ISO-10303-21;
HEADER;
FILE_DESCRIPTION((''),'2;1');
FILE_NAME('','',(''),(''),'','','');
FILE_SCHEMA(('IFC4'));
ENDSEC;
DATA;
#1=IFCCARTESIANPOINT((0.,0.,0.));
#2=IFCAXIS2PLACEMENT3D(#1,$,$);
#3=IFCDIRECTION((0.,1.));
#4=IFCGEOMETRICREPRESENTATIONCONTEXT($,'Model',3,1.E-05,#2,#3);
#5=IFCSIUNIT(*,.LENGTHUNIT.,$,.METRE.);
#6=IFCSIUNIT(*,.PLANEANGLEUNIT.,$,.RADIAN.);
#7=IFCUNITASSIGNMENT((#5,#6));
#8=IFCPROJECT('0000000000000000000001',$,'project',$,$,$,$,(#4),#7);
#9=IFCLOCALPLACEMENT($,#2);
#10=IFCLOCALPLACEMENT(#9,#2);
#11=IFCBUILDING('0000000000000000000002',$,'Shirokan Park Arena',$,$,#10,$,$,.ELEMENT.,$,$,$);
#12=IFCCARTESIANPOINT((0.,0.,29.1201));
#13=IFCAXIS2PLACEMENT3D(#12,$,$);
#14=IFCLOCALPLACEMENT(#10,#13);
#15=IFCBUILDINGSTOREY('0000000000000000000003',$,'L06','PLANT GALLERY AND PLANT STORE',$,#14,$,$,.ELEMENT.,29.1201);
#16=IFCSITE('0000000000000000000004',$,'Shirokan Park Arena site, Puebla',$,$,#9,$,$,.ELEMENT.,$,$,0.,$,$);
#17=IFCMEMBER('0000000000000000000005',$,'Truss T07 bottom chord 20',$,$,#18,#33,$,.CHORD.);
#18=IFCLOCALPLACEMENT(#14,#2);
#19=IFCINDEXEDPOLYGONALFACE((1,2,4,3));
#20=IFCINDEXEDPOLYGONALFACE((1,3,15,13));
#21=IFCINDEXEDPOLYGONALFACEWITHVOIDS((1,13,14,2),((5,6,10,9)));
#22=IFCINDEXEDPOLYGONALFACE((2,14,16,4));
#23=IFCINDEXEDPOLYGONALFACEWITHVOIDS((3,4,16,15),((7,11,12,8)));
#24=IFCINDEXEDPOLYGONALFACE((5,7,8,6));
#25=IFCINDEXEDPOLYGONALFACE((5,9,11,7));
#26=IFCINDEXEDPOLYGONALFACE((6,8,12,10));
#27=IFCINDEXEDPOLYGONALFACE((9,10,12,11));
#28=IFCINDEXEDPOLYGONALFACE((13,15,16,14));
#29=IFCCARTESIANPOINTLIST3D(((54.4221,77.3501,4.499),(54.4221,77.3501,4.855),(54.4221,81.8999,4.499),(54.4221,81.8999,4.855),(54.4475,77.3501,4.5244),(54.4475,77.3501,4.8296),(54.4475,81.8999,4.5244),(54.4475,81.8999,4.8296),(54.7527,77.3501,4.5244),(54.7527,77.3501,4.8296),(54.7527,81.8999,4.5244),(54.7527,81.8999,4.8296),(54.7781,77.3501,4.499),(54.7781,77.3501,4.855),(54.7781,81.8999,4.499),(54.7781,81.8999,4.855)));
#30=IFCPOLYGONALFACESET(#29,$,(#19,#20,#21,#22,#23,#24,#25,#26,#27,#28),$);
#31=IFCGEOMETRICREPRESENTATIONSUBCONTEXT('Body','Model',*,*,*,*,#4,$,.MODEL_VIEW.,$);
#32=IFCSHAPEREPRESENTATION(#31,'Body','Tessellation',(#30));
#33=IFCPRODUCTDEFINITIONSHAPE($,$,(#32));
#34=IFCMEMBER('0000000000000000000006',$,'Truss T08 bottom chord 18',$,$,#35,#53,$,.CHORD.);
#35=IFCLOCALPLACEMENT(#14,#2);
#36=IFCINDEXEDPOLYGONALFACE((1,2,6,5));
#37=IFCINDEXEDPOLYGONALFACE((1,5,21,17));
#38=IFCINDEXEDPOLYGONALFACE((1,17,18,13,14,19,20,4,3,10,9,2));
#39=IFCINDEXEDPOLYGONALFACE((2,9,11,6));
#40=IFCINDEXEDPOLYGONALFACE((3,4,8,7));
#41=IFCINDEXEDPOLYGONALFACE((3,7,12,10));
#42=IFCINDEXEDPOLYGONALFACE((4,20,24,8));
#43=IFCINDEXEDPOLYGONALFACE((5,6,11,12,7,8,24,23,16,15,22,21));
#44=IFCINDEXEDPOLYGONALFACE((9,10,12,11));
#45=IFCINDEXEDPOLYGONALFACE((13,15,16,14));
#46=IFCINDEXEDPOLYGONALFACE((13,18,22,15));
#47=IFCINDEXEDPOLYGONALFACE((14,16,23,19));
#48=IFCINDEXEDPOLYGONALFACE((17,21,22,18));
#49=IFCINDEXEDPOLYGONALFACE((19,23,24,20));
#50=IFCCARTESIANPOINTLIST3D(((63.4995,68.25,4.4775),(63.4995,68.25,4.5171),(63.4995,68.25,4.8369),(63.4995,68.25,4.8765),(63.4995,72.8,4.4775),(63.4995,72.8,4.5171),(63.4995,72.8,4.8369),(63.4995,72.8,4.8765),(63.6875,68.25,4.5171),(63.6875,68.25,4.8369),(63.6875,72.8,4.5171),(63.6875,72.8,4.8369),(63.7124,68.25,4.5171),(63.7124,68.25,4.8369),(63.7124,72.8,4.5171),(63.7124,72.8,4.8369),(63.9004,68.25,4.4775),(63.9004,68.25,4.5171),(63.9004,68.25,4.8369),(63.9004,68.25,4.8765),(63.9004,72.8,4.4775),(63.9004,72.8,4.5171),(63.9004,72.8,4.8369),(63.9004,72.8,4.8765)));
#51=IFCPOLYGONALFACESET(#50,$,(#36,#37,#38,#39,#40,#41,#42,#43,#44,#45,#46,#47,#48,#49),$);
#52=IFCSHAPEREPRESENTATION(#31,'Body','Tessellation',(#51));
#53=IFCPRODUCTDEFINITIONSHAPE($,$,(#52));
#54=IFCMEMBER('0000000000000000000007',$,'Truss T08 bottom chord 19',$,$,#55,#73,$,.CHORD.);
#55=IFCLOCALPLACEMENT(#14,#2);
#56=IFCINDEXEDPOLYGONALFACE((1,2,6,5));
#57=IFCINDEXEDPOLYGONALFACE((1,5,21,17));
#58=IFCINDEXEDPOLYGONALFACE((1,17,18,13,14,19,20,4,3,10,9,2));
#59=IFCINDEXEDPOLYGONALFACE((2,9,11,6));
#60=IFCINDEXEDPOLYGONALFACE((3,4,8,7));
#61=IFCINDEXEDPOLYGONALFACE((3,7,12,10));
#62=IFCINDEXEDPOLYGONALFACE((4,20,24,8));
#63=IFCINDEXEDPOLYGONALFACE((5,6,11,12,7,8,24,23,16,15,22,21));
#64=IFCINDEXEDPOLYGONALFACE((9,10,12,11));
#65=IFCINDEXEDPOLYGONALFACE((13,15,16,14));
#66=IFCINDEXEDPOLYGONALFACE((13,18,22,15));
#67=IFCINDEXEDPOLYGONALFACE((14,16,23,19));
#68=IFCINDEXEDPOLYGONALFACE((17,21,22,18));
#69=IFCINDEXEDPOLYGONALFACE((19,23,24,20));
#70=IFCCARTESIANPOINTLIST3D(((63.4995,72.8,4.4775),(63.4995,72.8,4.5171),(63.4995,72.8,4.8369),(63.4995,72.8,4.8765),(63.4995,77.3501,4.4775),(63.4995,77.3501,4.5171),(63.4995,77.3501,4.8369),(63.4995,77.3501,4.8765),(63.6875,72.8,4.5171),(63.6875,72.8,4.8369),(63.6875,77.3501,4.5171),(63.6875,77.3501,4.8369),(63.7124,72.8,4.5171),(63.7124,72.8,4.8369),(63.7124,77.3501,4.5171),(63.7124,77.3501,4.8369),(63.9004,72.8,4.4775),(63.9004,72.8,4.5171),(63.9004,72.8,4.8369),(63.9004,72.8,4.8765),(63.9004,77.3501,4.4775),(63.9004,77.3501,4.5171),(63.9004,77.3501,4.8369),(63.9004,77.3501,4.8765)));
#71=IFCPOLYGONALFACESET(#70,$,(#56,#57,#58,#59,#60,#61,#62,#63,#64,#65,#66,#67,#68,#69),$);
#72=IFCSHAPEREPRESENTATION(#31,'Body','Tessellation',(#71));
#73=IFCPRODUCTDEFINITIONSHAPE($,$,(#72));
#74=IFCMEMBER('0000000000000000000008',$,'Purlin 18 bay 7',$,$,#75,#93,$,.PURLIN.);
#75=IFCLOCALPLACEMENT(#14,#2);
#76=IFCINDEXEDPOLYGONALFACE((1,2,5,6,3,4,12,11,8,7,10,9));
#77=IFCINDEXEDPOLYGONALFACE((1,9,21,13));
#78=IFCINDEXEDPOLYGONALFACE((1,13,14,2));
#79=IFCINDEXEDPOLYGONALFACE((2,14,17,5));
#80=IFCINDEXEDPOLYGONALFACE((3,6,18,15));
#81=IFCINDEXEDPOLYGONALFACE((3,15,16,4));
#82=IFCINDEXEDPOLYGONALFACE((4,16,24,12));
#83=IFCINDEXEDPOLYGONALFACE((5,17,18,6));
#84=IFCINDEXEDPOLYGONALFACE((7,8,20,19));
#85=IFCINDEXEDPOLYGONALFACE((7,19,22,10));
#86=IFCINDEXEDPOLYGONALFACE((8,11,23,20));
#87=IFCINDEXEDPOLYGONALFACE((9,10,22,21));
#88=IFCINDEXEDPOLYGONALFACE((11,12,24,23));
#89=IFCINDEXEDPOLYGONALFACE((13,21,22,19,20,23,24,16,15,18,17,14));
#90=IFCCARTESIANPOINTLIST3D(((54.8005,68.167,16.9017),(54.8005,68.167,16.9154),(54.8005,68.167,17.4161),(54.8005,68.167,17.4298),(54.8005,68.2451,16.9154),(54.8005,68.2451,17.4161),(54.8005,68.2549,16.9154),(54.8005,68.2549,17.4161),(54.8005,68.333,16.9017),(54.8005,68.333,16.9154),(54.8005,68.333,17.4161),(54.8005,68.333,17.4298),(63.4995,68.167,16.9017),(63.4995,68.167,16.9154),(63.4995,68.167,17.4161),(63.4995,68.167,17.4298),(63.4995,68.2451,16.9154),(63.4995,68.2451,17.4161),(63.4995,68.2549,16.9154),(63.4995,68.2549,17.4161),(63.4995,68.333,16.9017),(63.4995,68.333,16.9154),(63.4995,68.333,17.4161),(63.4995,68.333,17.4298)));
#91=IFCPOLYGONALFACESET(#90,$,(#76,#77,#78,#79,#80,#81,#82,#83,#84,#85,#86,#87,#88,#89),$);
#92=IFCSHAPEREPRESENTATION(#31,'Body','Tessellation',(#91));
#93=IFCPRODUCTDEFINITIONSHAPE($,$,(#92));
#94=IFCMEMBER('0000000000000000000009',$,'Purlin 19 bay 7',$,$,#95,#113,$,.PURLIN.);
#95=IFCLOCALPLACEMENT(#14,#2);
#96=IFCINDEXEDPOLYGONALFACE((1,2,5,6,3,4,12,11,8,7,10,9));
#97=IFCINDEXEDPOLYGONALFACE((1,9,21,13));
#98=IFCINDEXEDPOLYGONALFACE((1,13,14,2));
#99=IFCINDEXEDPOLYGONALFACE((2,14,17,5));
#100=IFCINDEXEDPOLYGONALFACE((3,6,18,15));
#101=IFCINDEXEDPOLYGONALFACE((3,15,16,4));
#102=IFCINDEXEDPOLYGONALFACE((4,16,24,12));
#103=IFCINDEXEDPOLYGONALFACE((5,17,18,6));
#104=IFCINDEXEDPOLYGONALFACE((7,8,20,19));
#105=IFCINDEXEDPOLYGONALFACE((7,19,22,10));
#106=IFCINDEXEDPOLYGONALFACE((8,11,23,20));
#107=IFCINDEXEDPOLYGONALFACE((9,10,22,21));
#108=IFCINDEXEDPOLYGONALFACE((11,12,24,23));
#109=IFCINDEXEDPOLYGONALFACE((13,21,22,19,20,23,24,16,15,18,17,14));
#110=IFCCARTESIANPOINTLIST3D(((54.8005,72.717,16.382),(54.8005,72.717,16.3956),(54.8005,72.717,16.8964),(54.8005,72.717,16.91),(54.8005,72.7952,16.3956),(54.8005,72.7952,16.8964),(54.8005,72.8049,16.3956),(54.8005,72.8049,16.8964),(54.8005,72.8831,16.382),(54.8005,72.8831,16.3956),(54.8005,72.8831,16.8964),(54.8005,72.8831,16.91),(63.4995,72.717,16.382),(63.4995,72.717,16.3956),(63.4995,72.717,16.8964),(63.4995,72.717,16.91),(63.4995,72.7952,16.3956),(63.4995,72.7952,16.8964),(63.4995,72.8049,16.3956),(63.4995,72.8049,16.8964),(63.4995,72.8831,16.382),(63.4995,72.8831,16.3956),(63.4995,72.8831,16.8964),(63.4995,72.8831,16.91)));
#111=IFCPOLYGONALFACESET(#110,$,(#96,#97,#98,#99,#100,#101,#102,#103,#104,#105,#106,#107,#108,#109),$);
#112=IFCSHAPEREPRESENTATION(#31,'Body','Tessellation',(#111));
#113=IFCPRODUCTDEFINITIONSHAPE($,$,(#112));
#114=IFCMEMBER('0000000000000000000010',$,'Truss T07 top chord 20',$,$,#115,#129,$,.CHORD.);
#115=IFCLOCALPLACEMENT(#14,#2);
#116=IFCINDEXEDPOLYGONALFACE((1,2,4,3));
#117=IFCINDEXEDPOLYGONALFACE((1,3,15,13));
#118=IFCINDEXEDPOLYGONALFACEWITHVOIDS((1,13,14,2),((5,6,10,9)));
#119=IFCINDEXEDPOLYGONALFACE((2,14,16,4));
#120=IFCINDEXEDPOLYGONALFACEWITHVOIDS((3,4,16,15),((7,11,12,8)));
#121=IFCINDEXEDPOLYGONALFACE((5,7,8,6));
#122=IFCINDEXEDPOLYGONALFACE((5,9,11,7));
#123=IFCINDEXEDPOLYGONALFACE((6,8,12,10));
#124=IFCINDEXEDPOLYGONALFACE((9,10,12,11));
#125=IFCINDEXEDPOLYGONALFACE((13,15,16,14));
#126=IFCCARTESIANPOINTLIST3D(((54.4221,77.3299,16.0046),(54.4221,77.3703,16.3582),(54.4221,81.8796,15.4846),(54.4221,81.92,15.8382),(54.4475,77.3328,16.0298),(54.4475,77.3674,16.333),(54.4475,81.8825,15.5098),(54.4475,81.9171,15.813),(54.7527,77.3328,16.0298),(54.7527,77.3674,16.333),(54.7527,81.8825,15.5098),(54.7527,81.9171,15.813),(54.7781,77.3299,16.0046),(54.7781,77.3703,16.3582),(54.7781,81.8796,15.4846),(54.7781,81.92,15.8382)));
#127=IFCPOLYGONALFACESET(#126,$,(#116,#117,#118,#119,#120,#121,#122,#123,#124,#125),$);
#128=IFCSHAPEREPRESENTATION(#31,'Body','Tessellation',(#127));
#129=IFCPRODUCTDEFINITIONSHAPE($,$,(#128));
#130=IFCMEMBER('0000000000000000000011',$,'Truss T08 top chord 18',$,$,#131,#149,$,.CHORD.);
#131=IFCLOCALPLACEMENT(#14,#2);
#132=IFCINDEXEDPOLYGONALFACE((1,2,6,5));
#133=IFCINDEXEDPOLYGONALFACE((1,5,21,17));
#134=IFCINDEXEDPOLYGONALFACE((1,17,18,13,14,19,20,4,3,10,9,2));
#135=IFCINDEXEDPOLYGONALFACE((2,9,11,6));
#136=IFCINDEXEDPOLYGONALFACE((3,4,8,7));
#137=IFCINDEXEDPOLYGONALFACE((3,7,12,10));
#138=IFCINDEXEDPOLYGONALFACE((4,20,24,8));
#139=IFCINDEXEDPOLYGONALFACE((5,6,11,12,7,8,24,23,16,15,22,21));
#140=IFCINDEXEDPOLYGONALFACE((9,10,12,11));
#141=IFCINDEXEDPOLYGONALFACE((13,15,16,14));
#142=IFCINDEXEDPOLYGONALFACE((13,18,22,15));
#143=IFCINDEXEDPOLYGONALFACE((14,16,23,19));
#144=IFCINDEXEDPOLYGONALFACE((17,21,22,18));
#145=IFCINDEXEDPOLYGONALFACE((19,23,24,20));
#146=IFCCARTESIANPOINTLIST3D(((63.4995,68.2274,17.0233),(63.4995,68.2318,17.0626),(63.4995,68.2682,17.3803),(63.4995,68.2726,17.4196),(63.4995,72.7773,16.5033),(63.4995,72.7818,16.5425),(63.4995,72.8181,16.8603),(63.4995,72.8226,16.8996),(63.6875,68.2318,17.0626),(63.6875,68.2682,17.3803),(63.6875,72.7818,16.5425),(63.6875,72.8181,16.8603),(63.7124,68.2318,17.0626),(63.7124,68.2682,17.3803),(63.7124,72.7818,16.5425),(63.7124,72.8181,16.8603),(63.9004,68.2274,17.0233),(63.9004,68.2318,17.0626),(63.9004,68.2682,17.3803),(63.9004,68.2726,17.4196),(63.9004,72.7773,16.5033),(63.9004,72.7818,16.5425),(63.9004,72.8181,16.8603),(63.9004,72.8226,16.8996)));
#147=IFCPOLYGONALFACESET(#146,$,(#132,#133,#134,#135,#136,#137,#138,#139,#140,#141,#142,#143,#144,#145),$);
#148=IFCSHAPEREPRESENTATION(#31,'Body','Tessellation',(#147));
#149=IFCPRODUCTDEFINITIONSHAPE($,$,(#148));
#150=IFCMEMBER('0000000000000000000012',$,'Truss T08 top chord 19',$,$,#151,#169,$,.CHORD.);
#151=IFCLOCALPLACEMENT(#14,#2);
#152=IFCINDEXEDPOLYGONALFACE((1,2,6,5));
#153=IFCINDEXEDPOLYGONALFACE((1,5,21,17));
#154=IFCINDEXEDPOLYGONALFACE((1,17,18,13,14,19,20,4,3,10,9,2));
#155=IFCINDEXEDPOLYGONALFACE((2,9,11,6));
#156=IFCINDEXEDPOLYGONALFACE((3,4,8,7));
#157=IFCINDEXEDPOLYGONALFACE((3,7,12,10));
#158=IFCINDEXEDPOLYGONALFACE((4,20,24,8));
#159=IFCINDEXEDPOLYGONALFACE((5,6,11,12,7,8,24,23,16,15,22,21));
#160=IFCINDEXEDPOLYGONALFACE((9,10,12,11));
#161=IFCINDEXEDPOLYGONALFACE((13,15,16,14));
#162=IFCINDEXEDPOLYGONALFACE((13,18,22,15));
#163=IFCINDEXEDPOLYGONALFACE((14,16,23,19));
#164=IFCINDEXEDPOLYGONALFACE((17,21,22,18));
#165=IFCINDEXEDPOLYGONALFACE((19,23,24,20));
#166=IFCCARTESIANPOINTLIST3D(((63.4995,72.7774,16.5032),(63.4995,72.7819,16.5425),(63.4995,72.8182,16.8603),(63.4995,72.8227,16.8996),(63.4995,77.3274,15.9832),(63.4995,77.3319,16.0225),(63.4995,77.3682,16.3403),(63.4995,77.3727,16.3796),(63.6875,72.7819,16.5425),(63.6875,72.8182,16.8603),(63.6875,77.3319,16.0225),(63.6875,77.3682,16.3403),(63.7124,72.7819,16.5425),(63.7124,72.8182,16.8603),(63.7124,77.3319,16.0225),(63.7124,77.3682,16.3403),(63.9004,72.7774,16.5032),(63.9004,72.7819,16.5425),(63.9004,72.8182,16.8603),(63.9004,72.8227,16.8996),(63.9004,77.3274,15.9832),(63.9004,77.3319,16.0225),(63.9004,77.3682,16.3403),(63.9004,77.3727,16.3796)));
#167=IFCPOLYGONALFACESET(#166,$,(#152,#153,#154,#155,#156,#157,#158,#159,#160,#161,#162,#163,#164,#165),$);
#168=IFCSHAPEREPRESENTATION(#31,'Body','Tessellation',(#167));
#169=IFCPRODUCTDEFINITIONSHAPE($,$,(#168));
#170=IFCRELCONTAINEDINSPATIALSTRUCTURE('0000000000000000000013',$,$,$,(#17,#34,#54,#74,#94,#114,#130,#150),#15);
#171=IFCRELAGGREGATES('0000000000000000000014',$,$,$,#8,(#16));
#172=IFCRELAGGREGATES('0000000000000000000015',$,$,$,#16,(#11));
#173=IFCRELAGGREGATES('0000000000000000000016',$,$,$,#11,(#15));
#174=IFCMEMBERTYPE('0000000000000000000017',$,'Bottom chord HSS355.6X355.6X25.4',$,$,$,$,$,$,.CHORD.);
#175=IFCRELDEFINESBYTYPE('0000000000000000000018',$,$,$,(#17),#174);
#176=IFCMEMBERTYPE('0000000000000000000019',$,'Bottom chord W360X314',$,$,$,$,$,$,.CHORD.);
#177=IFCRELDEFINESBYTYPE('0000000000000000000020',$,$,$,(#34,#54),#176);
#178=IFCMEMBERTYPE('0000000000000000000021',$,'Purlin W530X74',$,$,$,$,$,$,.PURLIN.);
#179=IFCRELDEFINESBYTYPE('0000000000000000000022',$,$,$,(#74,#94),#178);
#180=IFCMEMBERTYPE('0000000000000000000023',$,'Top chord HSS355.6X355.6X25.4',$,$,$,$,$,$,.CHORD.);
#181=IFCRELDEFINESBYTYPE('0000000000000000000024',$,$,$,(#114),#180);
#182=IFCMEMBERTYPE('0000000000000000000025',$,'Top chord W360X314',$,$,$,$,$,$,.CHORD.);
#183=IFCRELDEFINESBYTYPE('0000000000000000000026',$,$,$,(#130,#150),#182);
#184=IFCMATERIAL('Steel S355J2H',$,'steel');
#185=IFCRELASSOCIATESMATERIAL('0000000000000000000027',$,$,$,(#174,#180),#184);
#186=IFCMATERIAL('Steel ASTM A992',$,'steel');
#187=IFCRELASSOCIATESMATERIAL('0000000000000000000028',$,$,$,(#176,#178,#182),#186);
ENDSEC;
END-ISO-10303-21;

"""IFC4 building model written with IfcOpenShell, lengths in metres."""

from ifc_helpers import new_model, si_unit, direction, frame, origin, origin_2d, place, context, subcontext, project, spatial, hollow_rectangle, i_section, extrude, material, material_profile, profile_set, type_object, element, save


model = new_model("IFC4")

# Units and contexts
model_context = context("Model", 3, precision=1e-05, world=origin(), true_north=direction((0.0, 1.0)))
body_context = subcontext(model_context, "Body", "Model", "MODEL_VIEW")
ifc_project = project(units=[si_unit("LENGTHUNIT", "METRE"), si_unit("PLANEANGLEUNIT", "RADIAN")], contexts=[model_context])

# Site, building, storey
site_placement = place(None, origin())
site = spatial("IfcSite", under=ifc_project, at=site_placement, Name="Shirokan Park Arena site, Puebla", CompositionType="ELEMENT", RefElevation=0.0)
building_placement = place(site_placement, origin())
building = spatial("IfcBuilding", under=site, at=building_placement, Name="Shirokan Park Arena", CompositionType="ELEMENT")
storey_placement = place(building_placement, frame((0.0, 0.0, 29.1201)))
storey = spatial("IfcBuildingStorey", under=building, at=storey_placement, Name="L06", Description="PLANT GALLERY AND PLANT STORE", CompositionType="ELEMENT", Elevation=29.1201)

# Members
ifc_material_1 = material(Name="Steel S355J2H", Category="steel")
ifc_material_profile_1 = material_profile(ifc_material_1, hollow_rectangle(XDim=0.356, YDim=0.356, WallThickness=0.0254, at=origin_2d()), Name="HSS355.6X355.6X25.4")
ifc_profile_set_1 = profile_set([ifc_material_profile_1], Name="Steel S355J2H")
member_type_1 = type_object("IfcMemberType", Name="Bottom chord HSS355.6X355.6X25.4", PredefinedType="CHORD", material=ifc_profile_set_1)
member_1_placement = place(storey_placement, frame((54.6001, 77.3501, 4.677), z_axis=(0.0, 1.0, 0.0), x_axis=(-1.0, 0.0, 0.0)))
element("IfcMember", 1, at=member_1_placement, inside=storey, type_object=member_type_1, Name="Truss T07 bottom chord 20", PredefinedType="CHORD", context=body_context, shape_type="SweptSolid", body=[
    extrude(hollow_rectangle(XDim=0.356, YDim=0.356, WallThickness=0.0254, at=origin_2d()), origin(), (0.0, 0.0, 1.0), 4.5498),
])
ifc_material_2 = material(Name="Steel ASTM A992", Category="steel")
ifc_material_profile_2 = material_profile(ifc_material_2, i_section(OverallWidth=0.4009, OverallDepth=0.3989, WebThickness=0.0249, FlangeThickness=0.0396, at=origin_2d()), Name="W360X314")
ifc_profile_set_2 = profile_set([ifc_material_profile_2], Name="Steel ASTM A992")
member_type_2 = type_object("IfcMemberType", Name="Bottom chord W360X314", PredefinedType="CHORD", material=ifc_profile_set_2)
for number, where, z_axis, x_axis, name in (
    (2, (63.7, 68.25, 4.677), (0.0, 1.0, 0.0), (-1.0, 0.0, 0.0), "Truss T08 bottom chord 18"),
    (3, (63.7, 72.8, 4.677), (0.0, 1.0, 0.0), (-1.0, 0.0, 0.0), "Truss T08 bottom chord 19"),
):
    element("IfcMember", number, at=place(storey_placement, frame(where, z_axis=z_axis, x_axis=x_axis)), inside=storey, type_object=member_type_2, Name=name, PredefinedType="CHORD", context=body_context, shape_type="SweptSolid", body=[
        extrude(i_section(OverallWidth=0.4009, OverallDepth=0.3989, WebThickness=0.0249, FlangeThickness=0.0396, at=origin_2d()), origin(), (0.0, 0.0, 1.0), 4.55),
    ])
ifc_material_profile_3 = material_profile(ifc_material_2, i_section(OverallWidth=0.166, OverallDepth=0.5281, WebThickness=0.0098, FlangeThickness=0.0137, at=origin_2d()), Name="W530X74")
ifc_profile_set_3 = profile_set([ifc_material_profile_3], Name="Steel ASTM A992")
member_type_3 = type_object("IfcMemberType", Name="Purlin W530X74", PredefinedType="PURLIN", material=ifc_profile_set_3)
for number, where, z_axis, x_axis, name in (
    (4, (54.8005, 68.25, 17.1658), (1.0, 0.0, 0.0), (0.0, 1.0, 0.0), "Purlin 18 bay 7"),
    (5, (54.8005, 72.8, 16.646), (1.0, 0.0, 0.0), (0.0, 1.0, 0.0), "Purlin 19 bay 7"),
):
    element("IfcMember", number, at=place(storey_placement, frame(where, z_axis=z_axis, x_axis=x_axis)), inside=storey, type_object=member_type_3, Name=name, PredefinedType="PURLIN", context=body_context, shape_type="SweptSolid", body=[
        extrude(i_section(OverallWidth=0.166, OverallDepth=0.5281, WebThickness=0.0098, FlangeThickness=0.0137, at=origin_2d()), origin(), (0.0, 0.0, 1.0), 8.699),
    ])
ifc_material_profile_4 = material_profile(ifc_material_1, hollow_rectangle(XDim=0.356, YDim=0.356, WallThickness=0.0254, at=origin_2d()), Name="HSS355.6X355.6X25.4")
ifc_profile_set_4 = profile_set([ifc_material_profile_4], Name="Steel S355J2H")
member_type_4 = type_object("IfcMemberType", Name="Top chord HSS355.6X355.6X25.4", PredefinedType="CHORD", material=ifc_profile_set_4)
member_2_placement = place(storey_placement, frame((54.6001, 77.3501, 16.1814), z_axis=(0.0, 0.993532, -0.113556), x_axis=(-1.0, 0.0, 0.0)))
element("IfcMember", 6, at=member_2_placement, inside=storey, type_object=member_type_4, Name="Truss T07 top chord 20", PredefinedType="CHORD", context=body_context, shape_type="SweptSolid", body=[
    extrude(hollow_rectangle(XDim=0.356, YDim=0.356, WallThickness=0.0254, at=origin_2d()), origin(), (0.0, 0.0, 1.0), 4.5793),
])
ifc_material_profile_5 = material_profile(ifc_material_2, i_section(OverallWidth=0.4009, OverallDepth=0.3989, WebThickness=0.0249, FlangeThickness=0.0396, at=origin_2d()), Name="W360X314")
ifc_profile_set_5 = profile_set([ifc_material_profile_5], Name="Steel ASTM A992")
member_type_5 = type_object("IfcMemberType", Name="Top chord W360X314", PredefinedType="CHORD", material=ifc_profile_set_5)
for number, where, z_axis, x_axis, name in (
    (7, (63.7, 68.25, 17.2214), (0.0, 0.993532, -0.11355), (-1.0, 0.0, 0.0), "Truss T08 top chord 18"),
    (8, (63.7, 72.8, 16.7014), (0.0, 0.993532, -0.11355), (-1.0, 0.0, 0.0), "Truss T08 top chord 19"),
):
    element("IfcMember", number, at=place(storey_placement, frame(where, z_axis=z_axis, x_axis=x_axis)), inside=storey, type_object=member_type_5, Name=name, PredefinedType="CHORD", context=body_context, shape_type="SweptSolid", body=[
        extrude(i_section(OverallWidth=0.4009, OverallDepth=0.3989, WebThickness=0.0249, FlangeThickness=0.0396, at=origin_2d()), origin(), (0.0, 0.0, 1.0), 4.5796),
    ])

save(model, "model.ifc")
